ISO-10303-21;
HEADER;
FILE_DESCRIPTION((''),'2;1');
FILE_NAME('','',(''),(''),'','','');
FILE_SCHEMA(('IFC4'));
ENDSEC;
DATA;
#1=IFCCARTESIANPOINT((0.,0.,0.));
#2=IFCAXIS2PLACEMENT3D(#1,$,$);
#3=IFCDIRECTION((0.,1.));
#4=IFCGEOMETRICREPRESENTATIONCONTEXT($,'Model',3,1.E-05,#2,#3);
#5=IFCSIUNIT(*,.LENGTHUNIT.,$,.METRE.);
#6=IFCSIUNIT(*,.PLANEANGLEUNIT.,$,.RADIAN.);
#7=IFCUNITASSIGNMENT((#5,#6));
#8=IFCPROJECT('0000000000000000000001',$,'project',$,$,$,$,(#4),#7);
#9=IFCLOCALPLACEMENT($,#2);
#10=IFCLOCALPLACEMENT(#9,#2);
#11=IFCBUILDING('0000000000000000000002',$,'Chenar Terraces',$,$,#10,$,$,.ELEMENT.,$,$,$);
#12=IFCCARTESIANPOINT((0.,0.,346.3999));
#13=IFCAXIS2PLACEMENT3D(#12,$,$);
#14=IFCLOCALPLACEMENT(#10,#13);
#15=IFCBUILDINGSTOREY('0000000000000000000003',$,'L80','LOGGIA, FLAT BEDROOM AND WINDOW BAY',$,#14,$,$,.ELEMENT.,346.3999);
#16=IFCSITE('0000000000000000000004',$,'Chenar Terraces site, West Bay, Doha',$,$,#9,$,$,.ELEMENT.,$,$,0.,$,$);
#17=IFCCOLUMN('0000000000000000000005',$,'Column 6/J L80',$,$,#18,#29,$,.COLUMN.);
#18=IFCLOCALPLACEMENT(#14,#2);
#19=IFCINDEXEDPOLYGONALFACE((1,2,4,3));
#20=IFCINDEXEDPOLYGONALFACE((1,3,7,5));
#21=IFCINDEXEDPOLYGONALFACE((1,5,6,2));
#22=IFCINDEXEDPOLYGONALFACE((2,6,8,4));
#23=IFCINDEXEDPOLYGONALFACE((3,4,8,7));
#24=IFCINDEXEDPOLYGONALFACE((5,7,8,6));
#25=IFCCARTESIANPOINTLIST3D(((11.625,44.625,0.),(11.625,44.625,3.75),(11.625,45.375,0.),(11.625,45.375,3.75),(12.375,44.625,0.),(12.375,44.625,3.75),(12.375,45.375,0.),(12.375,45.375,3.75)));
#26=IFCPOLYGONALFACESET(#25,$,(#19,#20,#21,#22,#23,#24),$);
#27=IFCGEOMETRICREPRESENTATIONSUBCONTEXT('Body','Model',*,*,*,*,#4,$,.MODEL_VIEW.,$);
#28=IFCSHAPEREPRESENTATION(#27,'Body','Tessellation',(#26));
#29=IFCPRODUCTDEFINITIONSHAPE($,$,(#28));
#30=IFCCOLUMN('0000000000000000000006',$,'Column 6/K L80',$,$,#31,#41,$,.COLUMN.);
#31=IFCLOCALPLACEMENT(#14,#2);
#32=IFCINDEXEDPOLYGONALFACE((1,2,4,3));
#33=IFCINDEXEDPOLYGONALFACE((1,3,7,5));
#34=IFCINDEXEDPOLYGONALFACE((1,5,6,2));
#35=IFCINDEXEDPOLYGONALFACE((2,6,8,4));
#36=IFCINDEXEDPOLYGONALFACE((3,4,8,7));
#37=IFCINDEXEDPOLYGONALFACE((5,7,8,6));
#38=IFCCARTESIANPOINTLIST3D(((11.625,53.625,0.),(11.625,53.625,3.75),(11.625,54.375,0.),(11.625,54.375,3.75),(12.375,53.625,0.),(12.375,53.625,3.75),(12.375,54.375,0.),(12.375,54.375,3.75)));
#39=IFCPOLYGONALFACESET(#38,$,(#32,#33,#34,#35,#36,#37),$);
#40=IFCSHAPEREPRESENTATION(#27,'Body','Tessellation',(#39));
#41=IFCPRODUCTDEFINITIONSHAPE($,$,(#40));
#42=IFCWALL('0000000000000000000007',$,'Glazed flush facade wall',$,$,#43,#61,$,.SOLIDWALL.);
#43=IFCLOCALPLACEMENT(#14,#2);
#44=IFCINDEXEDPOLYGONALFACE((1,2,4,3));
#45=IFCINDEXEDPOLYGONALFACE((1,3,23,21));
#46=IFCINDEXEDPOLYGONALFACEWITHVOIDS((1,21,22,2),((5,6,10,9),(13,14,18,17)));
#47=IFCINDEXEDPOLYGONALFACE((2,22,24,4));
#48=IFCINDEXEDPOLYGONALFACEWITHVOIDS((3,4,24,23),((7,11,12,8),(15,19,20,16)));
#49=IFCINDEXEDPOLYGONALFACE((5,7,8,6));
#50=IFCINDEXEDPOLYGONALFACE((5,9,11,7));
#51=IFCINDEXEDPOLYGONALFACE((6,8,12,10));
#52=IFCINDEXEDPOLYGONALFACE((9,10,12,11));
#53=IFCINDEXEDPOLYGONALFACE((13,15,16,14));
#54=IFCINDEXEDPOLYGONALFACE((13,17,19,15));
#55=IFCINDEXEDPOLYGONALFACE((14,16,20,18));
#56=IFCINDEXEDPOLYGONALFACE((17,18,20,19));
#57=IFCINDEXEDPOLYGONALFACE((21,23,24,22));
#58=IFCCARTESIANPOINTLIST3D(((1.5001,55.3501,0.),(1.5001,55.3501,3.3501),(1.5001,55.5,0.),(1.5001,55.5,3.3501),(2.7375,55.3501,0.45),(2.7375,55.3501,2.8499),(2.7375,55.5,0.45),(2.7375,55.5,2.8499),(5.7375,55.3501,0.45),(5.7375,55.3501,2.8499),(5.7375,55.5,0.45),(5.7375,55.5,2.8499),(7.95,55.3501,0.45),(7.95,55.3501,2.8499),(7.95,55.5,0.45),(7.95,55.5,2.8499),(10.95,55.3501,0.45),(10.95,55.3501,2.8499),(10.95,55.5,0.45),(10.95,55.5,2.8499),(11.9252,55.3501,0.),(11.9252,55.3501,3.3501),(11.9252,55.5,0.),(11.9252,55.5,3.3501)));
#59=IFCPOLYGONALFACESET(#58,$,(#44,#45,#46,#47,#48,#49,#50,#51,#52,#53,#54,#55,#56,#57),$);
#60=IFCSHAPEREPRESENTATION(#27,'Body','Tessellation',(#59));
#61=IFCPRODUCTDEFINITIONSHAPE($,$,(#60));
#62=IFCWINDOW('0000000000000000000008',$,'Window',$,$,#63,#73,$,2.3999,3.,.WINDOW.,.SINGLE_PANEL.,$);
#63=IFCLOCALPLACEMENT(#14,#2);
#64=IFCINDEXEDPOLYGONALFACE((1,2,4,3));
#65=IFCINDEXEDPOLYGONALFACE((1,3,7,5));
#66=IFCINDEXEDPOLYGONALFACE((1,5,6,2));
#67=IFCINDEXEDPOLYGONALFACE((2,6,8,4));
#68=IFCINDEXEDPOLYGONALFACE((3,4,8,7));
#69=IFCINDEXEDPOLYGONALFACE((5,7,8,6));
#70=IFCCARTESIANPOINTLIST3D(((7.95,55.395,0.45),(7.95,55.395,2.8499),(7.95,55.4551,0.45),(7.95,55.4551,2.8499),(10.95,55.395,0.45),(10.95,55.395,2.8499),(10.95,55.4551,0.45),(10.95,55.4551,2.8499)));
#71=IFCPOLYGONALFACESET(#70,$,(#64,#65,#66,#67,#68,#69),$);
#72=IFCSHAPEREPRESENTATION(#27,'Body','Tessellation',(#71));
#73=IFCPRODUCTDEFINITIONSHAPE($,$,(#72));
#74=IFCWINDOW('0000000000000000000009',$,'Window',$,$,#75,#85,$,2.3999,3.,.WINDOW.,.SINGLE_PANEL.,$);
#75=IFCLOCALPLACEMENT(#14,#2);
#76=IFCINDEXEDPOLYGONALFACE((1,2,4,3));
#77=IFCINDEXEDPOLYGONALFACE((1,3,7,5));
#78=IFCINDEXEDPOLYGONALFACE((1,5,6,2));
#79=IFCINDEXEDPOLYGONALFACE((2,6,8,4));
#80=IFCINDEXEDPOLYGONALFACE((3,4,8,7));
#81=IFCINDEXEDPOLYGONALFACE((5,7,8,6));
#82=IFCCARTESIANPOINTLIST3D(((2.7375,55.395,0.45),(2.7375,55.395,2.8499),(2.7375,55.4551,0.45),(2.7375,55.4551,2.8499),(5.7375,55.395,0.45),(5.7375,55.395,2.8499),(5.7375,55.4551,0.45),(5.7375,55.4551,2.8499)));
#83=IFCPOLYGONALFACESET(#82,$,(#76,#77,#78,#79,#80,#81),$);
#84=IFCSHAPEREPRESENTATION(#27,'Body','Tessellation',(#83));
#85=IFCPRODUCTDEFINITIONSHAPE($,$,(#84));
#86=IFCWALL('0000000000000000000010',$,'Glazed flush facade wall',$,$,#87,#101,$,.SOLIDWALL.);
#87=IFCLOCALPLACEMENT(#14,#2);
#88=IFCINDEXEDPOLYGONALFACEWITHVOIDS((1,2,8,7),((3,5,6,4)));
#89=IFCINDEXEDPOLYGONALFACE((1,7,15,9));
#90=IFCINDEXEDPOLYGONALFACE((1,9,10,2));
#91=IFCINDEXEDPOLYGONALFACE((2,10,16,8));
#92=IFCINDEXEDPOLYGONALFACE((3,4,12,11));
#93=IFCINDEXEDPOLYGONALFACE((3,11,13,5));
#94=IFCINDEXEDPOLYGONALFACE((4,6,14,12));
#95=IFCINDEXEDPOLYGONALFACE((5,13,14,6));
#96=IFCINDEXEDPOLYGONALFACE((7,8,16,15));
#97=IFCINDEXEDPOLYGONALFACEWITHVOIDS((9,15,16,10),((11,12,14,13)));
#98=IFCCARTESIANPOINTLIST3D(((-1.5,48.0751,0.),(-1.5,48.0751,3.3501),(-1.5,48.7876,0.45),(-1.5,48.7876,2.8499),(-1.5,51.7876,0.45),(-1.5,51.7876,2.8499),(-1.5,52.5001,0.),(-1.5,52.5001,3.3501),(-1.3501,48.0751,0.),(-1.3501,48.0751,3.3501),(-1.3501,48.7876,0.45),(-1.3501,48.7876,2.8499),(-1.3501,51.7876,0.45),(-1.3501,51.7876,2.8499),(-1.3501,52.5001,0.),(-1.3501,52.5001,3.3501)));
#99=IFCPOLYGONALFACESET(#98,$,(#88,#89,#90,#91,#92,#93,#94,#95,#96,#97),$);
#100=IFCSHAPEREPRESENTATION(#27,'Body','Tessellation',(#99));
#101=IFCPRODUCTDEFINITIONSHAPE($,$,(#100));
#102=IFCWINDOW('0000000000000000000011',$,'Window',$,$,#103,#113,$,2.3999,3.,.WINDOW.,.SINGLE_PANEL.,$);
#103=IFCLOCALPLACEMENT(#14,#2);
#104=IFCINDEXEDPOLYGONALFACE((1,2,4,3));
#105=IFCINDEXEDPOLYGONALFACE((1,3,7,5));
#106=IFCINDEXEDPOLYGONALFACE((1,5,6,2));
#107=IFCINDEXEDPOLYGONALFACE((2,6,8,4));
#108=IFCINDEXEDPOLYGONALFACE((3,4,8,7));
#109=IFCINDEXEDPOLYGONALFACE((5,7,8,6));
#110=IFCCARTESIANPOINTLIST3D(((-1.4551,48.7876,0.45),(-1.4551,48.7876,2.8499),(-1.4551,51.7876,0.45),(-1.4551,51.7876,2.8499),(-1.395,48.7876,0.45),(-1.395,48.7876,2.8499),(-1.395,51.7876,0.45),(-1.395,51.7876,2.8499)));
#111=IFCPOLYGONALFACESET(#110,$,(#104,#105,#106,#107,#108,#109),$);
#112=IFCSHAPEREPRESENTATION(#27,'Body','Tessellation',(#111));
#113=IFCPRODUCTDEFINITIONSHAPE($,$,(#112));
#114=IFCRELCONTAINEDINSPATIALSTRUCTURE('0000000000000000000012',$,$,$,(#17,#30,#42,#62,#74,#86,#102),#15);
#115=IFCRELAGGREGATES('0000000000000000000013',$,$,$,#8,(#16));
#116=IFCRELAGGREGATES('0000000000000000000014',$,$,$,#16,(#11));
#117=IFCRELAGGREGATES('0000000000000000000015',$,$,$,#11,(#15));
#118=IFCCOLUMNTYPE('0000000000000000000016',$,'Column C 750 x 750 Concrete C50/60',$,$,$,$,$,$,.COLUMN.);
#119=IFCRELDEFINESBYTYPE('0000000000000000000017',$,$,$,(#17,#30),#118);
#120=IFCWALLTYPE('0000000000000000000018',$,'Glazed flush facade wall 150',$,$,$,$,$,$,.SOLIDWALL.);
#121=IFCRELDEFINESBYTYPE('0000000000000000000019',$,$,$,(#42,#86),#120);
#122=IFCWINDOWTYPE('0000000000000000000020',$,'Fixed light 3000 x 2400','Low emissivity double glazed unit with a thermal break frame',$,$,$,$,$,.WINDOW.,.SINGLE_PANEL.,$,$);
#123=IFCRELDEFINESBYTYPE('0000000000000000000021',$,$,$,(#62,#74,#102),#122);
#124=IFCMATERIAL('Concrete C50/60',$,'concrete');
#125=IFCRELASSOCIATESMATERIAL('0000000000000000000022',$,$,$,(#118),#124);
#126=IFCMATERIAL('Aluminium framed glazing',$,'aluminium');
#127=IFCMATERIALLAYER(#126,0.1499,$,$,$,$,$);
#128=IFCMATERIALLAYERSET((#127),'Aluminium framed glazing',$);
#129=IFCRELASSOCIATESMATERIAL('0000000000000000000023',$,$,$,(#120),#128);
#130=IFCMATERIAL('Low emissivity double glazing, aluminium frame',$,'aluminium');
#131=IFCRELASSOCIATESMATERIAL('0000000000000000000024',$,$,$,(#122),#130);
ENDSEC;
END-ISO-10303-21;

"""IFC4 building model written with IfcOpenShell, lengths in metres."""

from ifc_helpers import new_model, si_unit, direction, frame, frame_2d, origin, origin_2d, place, context, subcontext, project, spatial, rectangle, extrude, material, layer, layer_set, material_profile, profile_set, type_object, element, fill, save


model = new_model("IFC4")

# Units and contexts
model_context = context("Model", 3, precision=1e-05, world=origin(), true_north=direction((0.0, 1.0)))
body_context = subcontext(model_context, "Body", "Model", "MODEL_VIEW")
ifc_project = project(units=[si_unit("LENGTHUNIT", "METRE"), si_unit("PLANEANGLEUNIT", "RADIAN")], contexts=[model_context])

# Site, building, storey
site_placement = place(None, origin())
site = spatial("IfcSite", under=ifc_project, at=site_placement, Name="Chenar Terraces site, West Bay, Doha", CompositionType="ELEMENT", RefElevation=0.0)
building_placement = place(site_placement, origin())
building = spatial("IfcBuilding", under=site, at=building_placement, Name="Chenar Terraces", CompositionType="ELEMENT")
storey_placement = place(building_placement, frame((0.0, 0.0, 346.3999)))
storey = spatial("IfcBuildingStorey", under=building, at=storey_placement, Name="L80", Description="LOGGIA, FLAT BEDROOM AND WINDOW BAY", CompositionType="ELEMENT", Elevation=346.3999)

# Columns
ifc_material_1 = material(Name="Concrete C50/60", Category="concrete")
ifc_material_profile_1 = material_profile(ifc_material_1, rectangle(XDim=0.75, YDim=0.75, at=origin_2d()), Name="C 750 x 750")
ifc_profile_set_1 = profile_set([ifc_material_profile_1], Name="Concrete C50/60")
column_type = type_object("IfcColumnType", Name="Column C 750 x 750 Concrete C50/60", PredefinedType="COLUMN", material=ifc_profile_set_1)
for number, where, z_axis, x_axis, name in (
    (1, (12.0, 45.0, 0.0), (0.0, 0.0, 1.0), (1.0, 0.0, 0.0), "Column 6/J L80"),
    (2, (12.0, 54.0, 0.0), (0.0, 0.0, 1.0), (1.0, 0.0, 0.0), "Column 6/K L80"),
):
    element("IfcColumn", number, at=place(storey_placement, frame(where, z_axis=z_axis, x_axis=x_axis)), inside=storey, type_object=column_type, Name=name, PredefinedType="COLUMN", context=body_context, shape_type="SweptSolid", body=[
        extrude(rectangle(XDim=0.75, YDim=0.75, at=origin_2d()), origin(), (0.0, 0.0, 1.0), 3.75),
    ])

# Wall, openings, windows
ifc_material_2 = material(Name="Aluminium framed glazing", Category="aluminium")
ifc_layer_1 = layer(ifc_material_2, 0.1499)
ifc_layer_set_1 = layer_set([ifc_layer_1], Name="Aluminium framed glazing")
wall_type_1 = type_object("IfcWallType", Name="Glazed flush facade wall 150", PredefinedType="SOLIDWALL", material=ifc_layer_set_1)
wall_1_placement = place(storey_placement, frame((11.925, 55.425, 0.0), z_axis=(0.0, 0.0, 1.0), x_axis=(-1.0, 0.0, 0.0)))
wall_1 = element("IfcWall", 3, at=wall_1_placement, inside=storey, type_object=wall_type_1, Name="Glazed flush facade wall", PredefinedType="SOLIDWALL", context=body_context, shape_type="SweptSolid", body=[
    extrude(rectangle(XDim=10.425, YDim=0.1499, at=frame_2d((5.2124, 0.0))), origin(), (0.0, 0.0, 1.0), 3.3501),
])
opening_1_placement = place(wall_1_placement, frame((0.9751, 0.0, 0.45)))
opening_1 = element("IfcOpeningElement", 4, at=opening_1_placement, cuts=wall_1, PredefinedType="OPENING", context=body_context, shape_type="SweptSolid", body=[
    extrude(rectangle(XDim=3.0, YDim=2.3999, at=frame_2d((1.5, 1.2))), frame((0.0, 0.085, 0.0), z_axis=(0.0, -1.0, 0.0), x_axis=(1.0, 0.0, 0.0)), (0.0, 0.0, 1.0), 0.1699),
])
opening_2_placement = place(wall_1_placement, frame((6.1875, 0.0, 0.45)))
opening_2 = element("IfcOpeningElement", 5, at=opening_2_placement, cuts=wall_1, PredefinedType="OPENING", context=body_context, shape_type="SweptSolid", body=[
    extrude(rectangle(XDim=3.0, YDim=2.3999, at=frame_2d((1.5, 1.2))), frame((0.0, 0.085, 0.0), z_axis=(0.0, -1.0, 0.0), x_axis=(1.0, 0.0, 0.0)), (0.0, 0.0, 1.0), 0.1699),
])
ifc_material_3 = material(Name="Low emissivity double glazing, aluminium frame", Category="aluminium")
window_type_1 = type_object("IfcWindowType", Name="Fixed light 3000 x 2400", Description="Low emissivity double glazed unit with a thermal break frame", PartitioningType="SINGLE_PANEL", PredefinedType="WINDOW", material=ifc_material_3)
window_1_placement = place(opening_1_placement, origin())
window_1 = element("IfcWindow", 6, at=window_1_placement, inside=storey, type_object=window_type_1, Name="Window", OverallHeight=2.3999, OverallWidth=3.0, PartitioningType="SINGLE_PANEL", PredefinedType="WINDOW", context=body_context, shape_type="SweptSolid", body=[
    extrude(rectangle(XDim=3.0, YDim=2.3999, at=frame_2d((1.5, 1.2))), frame((0.0, 0.03, 0.0), z_axis=(0.0, -1.0, 0.0), x_axis=(1.0, 0.0, 0.0)), (0.0, 0.0, 1.0), 0.0601),
])
fill(opening_1, window_1)
window_2_placement = place(opening_2_placement, origin())
window_2 = element("IfcWindow", 7, at=window_2_placement, inside=storey, type_object=window_type_1, Name="Window", OverallHeight=2.3999, OverallWidth=3.0, PartitioningType="SINGLE_PANEL", PredefinedType="WINDOW", context=body_context, shape_type="SweptSolid", body=[
    extrude(rectangle(XDim=3.0, YDim=2.3999, at=frame_2d((1.5, 1.2))), frame((0.0, 0.03, 0.0), z_axis=(0.0, -1.0, 0.0), x_axis=(1.0, 0.0, 0.0)), (0.0, 0.0, 1.0), 0.0601),
])
fill(opening_2, window_2)

# Wall, opening, window
wall_2_placement = place(storey_placement, frame((-1.425, 52.5, 0.0), z_axis=(0.0, 0.0, 1.0), x_axis=(0.0, -1.0, 0.0)))
wall_2 = element("IfcWall", 8, at=wall_2_placement, inside=storey, type_object=wall_type_1, Name="Glazed flush facade wall", PredefinedType="SOLIDWALL", context=body_context, shape_type="SweptSolid", body=[
    extrude(rectangle(XDim=4.425, YDim=0.1499, at=frame_2d((2.2124, 0.0))), origin(), (0.0, 0.0, 1.0), 3.3501),
])
opening_3_placement = place(wall_2_placement, frame((0.7124, 0.0, 0.45)))
opening_3 = element("IfcOpeningElement", 9, at=opening_3_placement, cuts=wall_2, PredefinedType="OPENING", context=body_context, shape_type="SweptSolid", body=[
    extrude(rectangle(XDim=3.0, YDim=2.3999, at=frame_2d((1.5, 1.2))), frame((0.0, 0.085, 0.0), z_axis=(0.0, -1.0, 0.0), x_axis=(1.0, 0.0, 0.0)), (0.0, 0.0, 1.0), 0.1699),
])
window_3_placement = place(opening_3_placement, origin())
window_3 = element("IfcWindow", 10, at=window_3_placement, inside=storey, type_object=window_type_1, Name="Window", OverallHeight=2.3999, OverallWidth=3.0, PartitioningType="SINGLE_PANEL", PredefinedType="WINDOW", context=body_context, shape_type="SweptSolid", body=[
    extrude(rectangle(XDim=3.0, YDim=2.3999, at=frame_2d((1.5, 1.2))), frame((0.0, 0.03, 0.0), z_axis=(0.0, -1.0, 0.0), x_axis=(1.0, 0.0, 0.0)), (0.0, 0.0, 1.0), 0.0601),
])
fill(opening_3, window_3)

save(model, "model.ifc")
